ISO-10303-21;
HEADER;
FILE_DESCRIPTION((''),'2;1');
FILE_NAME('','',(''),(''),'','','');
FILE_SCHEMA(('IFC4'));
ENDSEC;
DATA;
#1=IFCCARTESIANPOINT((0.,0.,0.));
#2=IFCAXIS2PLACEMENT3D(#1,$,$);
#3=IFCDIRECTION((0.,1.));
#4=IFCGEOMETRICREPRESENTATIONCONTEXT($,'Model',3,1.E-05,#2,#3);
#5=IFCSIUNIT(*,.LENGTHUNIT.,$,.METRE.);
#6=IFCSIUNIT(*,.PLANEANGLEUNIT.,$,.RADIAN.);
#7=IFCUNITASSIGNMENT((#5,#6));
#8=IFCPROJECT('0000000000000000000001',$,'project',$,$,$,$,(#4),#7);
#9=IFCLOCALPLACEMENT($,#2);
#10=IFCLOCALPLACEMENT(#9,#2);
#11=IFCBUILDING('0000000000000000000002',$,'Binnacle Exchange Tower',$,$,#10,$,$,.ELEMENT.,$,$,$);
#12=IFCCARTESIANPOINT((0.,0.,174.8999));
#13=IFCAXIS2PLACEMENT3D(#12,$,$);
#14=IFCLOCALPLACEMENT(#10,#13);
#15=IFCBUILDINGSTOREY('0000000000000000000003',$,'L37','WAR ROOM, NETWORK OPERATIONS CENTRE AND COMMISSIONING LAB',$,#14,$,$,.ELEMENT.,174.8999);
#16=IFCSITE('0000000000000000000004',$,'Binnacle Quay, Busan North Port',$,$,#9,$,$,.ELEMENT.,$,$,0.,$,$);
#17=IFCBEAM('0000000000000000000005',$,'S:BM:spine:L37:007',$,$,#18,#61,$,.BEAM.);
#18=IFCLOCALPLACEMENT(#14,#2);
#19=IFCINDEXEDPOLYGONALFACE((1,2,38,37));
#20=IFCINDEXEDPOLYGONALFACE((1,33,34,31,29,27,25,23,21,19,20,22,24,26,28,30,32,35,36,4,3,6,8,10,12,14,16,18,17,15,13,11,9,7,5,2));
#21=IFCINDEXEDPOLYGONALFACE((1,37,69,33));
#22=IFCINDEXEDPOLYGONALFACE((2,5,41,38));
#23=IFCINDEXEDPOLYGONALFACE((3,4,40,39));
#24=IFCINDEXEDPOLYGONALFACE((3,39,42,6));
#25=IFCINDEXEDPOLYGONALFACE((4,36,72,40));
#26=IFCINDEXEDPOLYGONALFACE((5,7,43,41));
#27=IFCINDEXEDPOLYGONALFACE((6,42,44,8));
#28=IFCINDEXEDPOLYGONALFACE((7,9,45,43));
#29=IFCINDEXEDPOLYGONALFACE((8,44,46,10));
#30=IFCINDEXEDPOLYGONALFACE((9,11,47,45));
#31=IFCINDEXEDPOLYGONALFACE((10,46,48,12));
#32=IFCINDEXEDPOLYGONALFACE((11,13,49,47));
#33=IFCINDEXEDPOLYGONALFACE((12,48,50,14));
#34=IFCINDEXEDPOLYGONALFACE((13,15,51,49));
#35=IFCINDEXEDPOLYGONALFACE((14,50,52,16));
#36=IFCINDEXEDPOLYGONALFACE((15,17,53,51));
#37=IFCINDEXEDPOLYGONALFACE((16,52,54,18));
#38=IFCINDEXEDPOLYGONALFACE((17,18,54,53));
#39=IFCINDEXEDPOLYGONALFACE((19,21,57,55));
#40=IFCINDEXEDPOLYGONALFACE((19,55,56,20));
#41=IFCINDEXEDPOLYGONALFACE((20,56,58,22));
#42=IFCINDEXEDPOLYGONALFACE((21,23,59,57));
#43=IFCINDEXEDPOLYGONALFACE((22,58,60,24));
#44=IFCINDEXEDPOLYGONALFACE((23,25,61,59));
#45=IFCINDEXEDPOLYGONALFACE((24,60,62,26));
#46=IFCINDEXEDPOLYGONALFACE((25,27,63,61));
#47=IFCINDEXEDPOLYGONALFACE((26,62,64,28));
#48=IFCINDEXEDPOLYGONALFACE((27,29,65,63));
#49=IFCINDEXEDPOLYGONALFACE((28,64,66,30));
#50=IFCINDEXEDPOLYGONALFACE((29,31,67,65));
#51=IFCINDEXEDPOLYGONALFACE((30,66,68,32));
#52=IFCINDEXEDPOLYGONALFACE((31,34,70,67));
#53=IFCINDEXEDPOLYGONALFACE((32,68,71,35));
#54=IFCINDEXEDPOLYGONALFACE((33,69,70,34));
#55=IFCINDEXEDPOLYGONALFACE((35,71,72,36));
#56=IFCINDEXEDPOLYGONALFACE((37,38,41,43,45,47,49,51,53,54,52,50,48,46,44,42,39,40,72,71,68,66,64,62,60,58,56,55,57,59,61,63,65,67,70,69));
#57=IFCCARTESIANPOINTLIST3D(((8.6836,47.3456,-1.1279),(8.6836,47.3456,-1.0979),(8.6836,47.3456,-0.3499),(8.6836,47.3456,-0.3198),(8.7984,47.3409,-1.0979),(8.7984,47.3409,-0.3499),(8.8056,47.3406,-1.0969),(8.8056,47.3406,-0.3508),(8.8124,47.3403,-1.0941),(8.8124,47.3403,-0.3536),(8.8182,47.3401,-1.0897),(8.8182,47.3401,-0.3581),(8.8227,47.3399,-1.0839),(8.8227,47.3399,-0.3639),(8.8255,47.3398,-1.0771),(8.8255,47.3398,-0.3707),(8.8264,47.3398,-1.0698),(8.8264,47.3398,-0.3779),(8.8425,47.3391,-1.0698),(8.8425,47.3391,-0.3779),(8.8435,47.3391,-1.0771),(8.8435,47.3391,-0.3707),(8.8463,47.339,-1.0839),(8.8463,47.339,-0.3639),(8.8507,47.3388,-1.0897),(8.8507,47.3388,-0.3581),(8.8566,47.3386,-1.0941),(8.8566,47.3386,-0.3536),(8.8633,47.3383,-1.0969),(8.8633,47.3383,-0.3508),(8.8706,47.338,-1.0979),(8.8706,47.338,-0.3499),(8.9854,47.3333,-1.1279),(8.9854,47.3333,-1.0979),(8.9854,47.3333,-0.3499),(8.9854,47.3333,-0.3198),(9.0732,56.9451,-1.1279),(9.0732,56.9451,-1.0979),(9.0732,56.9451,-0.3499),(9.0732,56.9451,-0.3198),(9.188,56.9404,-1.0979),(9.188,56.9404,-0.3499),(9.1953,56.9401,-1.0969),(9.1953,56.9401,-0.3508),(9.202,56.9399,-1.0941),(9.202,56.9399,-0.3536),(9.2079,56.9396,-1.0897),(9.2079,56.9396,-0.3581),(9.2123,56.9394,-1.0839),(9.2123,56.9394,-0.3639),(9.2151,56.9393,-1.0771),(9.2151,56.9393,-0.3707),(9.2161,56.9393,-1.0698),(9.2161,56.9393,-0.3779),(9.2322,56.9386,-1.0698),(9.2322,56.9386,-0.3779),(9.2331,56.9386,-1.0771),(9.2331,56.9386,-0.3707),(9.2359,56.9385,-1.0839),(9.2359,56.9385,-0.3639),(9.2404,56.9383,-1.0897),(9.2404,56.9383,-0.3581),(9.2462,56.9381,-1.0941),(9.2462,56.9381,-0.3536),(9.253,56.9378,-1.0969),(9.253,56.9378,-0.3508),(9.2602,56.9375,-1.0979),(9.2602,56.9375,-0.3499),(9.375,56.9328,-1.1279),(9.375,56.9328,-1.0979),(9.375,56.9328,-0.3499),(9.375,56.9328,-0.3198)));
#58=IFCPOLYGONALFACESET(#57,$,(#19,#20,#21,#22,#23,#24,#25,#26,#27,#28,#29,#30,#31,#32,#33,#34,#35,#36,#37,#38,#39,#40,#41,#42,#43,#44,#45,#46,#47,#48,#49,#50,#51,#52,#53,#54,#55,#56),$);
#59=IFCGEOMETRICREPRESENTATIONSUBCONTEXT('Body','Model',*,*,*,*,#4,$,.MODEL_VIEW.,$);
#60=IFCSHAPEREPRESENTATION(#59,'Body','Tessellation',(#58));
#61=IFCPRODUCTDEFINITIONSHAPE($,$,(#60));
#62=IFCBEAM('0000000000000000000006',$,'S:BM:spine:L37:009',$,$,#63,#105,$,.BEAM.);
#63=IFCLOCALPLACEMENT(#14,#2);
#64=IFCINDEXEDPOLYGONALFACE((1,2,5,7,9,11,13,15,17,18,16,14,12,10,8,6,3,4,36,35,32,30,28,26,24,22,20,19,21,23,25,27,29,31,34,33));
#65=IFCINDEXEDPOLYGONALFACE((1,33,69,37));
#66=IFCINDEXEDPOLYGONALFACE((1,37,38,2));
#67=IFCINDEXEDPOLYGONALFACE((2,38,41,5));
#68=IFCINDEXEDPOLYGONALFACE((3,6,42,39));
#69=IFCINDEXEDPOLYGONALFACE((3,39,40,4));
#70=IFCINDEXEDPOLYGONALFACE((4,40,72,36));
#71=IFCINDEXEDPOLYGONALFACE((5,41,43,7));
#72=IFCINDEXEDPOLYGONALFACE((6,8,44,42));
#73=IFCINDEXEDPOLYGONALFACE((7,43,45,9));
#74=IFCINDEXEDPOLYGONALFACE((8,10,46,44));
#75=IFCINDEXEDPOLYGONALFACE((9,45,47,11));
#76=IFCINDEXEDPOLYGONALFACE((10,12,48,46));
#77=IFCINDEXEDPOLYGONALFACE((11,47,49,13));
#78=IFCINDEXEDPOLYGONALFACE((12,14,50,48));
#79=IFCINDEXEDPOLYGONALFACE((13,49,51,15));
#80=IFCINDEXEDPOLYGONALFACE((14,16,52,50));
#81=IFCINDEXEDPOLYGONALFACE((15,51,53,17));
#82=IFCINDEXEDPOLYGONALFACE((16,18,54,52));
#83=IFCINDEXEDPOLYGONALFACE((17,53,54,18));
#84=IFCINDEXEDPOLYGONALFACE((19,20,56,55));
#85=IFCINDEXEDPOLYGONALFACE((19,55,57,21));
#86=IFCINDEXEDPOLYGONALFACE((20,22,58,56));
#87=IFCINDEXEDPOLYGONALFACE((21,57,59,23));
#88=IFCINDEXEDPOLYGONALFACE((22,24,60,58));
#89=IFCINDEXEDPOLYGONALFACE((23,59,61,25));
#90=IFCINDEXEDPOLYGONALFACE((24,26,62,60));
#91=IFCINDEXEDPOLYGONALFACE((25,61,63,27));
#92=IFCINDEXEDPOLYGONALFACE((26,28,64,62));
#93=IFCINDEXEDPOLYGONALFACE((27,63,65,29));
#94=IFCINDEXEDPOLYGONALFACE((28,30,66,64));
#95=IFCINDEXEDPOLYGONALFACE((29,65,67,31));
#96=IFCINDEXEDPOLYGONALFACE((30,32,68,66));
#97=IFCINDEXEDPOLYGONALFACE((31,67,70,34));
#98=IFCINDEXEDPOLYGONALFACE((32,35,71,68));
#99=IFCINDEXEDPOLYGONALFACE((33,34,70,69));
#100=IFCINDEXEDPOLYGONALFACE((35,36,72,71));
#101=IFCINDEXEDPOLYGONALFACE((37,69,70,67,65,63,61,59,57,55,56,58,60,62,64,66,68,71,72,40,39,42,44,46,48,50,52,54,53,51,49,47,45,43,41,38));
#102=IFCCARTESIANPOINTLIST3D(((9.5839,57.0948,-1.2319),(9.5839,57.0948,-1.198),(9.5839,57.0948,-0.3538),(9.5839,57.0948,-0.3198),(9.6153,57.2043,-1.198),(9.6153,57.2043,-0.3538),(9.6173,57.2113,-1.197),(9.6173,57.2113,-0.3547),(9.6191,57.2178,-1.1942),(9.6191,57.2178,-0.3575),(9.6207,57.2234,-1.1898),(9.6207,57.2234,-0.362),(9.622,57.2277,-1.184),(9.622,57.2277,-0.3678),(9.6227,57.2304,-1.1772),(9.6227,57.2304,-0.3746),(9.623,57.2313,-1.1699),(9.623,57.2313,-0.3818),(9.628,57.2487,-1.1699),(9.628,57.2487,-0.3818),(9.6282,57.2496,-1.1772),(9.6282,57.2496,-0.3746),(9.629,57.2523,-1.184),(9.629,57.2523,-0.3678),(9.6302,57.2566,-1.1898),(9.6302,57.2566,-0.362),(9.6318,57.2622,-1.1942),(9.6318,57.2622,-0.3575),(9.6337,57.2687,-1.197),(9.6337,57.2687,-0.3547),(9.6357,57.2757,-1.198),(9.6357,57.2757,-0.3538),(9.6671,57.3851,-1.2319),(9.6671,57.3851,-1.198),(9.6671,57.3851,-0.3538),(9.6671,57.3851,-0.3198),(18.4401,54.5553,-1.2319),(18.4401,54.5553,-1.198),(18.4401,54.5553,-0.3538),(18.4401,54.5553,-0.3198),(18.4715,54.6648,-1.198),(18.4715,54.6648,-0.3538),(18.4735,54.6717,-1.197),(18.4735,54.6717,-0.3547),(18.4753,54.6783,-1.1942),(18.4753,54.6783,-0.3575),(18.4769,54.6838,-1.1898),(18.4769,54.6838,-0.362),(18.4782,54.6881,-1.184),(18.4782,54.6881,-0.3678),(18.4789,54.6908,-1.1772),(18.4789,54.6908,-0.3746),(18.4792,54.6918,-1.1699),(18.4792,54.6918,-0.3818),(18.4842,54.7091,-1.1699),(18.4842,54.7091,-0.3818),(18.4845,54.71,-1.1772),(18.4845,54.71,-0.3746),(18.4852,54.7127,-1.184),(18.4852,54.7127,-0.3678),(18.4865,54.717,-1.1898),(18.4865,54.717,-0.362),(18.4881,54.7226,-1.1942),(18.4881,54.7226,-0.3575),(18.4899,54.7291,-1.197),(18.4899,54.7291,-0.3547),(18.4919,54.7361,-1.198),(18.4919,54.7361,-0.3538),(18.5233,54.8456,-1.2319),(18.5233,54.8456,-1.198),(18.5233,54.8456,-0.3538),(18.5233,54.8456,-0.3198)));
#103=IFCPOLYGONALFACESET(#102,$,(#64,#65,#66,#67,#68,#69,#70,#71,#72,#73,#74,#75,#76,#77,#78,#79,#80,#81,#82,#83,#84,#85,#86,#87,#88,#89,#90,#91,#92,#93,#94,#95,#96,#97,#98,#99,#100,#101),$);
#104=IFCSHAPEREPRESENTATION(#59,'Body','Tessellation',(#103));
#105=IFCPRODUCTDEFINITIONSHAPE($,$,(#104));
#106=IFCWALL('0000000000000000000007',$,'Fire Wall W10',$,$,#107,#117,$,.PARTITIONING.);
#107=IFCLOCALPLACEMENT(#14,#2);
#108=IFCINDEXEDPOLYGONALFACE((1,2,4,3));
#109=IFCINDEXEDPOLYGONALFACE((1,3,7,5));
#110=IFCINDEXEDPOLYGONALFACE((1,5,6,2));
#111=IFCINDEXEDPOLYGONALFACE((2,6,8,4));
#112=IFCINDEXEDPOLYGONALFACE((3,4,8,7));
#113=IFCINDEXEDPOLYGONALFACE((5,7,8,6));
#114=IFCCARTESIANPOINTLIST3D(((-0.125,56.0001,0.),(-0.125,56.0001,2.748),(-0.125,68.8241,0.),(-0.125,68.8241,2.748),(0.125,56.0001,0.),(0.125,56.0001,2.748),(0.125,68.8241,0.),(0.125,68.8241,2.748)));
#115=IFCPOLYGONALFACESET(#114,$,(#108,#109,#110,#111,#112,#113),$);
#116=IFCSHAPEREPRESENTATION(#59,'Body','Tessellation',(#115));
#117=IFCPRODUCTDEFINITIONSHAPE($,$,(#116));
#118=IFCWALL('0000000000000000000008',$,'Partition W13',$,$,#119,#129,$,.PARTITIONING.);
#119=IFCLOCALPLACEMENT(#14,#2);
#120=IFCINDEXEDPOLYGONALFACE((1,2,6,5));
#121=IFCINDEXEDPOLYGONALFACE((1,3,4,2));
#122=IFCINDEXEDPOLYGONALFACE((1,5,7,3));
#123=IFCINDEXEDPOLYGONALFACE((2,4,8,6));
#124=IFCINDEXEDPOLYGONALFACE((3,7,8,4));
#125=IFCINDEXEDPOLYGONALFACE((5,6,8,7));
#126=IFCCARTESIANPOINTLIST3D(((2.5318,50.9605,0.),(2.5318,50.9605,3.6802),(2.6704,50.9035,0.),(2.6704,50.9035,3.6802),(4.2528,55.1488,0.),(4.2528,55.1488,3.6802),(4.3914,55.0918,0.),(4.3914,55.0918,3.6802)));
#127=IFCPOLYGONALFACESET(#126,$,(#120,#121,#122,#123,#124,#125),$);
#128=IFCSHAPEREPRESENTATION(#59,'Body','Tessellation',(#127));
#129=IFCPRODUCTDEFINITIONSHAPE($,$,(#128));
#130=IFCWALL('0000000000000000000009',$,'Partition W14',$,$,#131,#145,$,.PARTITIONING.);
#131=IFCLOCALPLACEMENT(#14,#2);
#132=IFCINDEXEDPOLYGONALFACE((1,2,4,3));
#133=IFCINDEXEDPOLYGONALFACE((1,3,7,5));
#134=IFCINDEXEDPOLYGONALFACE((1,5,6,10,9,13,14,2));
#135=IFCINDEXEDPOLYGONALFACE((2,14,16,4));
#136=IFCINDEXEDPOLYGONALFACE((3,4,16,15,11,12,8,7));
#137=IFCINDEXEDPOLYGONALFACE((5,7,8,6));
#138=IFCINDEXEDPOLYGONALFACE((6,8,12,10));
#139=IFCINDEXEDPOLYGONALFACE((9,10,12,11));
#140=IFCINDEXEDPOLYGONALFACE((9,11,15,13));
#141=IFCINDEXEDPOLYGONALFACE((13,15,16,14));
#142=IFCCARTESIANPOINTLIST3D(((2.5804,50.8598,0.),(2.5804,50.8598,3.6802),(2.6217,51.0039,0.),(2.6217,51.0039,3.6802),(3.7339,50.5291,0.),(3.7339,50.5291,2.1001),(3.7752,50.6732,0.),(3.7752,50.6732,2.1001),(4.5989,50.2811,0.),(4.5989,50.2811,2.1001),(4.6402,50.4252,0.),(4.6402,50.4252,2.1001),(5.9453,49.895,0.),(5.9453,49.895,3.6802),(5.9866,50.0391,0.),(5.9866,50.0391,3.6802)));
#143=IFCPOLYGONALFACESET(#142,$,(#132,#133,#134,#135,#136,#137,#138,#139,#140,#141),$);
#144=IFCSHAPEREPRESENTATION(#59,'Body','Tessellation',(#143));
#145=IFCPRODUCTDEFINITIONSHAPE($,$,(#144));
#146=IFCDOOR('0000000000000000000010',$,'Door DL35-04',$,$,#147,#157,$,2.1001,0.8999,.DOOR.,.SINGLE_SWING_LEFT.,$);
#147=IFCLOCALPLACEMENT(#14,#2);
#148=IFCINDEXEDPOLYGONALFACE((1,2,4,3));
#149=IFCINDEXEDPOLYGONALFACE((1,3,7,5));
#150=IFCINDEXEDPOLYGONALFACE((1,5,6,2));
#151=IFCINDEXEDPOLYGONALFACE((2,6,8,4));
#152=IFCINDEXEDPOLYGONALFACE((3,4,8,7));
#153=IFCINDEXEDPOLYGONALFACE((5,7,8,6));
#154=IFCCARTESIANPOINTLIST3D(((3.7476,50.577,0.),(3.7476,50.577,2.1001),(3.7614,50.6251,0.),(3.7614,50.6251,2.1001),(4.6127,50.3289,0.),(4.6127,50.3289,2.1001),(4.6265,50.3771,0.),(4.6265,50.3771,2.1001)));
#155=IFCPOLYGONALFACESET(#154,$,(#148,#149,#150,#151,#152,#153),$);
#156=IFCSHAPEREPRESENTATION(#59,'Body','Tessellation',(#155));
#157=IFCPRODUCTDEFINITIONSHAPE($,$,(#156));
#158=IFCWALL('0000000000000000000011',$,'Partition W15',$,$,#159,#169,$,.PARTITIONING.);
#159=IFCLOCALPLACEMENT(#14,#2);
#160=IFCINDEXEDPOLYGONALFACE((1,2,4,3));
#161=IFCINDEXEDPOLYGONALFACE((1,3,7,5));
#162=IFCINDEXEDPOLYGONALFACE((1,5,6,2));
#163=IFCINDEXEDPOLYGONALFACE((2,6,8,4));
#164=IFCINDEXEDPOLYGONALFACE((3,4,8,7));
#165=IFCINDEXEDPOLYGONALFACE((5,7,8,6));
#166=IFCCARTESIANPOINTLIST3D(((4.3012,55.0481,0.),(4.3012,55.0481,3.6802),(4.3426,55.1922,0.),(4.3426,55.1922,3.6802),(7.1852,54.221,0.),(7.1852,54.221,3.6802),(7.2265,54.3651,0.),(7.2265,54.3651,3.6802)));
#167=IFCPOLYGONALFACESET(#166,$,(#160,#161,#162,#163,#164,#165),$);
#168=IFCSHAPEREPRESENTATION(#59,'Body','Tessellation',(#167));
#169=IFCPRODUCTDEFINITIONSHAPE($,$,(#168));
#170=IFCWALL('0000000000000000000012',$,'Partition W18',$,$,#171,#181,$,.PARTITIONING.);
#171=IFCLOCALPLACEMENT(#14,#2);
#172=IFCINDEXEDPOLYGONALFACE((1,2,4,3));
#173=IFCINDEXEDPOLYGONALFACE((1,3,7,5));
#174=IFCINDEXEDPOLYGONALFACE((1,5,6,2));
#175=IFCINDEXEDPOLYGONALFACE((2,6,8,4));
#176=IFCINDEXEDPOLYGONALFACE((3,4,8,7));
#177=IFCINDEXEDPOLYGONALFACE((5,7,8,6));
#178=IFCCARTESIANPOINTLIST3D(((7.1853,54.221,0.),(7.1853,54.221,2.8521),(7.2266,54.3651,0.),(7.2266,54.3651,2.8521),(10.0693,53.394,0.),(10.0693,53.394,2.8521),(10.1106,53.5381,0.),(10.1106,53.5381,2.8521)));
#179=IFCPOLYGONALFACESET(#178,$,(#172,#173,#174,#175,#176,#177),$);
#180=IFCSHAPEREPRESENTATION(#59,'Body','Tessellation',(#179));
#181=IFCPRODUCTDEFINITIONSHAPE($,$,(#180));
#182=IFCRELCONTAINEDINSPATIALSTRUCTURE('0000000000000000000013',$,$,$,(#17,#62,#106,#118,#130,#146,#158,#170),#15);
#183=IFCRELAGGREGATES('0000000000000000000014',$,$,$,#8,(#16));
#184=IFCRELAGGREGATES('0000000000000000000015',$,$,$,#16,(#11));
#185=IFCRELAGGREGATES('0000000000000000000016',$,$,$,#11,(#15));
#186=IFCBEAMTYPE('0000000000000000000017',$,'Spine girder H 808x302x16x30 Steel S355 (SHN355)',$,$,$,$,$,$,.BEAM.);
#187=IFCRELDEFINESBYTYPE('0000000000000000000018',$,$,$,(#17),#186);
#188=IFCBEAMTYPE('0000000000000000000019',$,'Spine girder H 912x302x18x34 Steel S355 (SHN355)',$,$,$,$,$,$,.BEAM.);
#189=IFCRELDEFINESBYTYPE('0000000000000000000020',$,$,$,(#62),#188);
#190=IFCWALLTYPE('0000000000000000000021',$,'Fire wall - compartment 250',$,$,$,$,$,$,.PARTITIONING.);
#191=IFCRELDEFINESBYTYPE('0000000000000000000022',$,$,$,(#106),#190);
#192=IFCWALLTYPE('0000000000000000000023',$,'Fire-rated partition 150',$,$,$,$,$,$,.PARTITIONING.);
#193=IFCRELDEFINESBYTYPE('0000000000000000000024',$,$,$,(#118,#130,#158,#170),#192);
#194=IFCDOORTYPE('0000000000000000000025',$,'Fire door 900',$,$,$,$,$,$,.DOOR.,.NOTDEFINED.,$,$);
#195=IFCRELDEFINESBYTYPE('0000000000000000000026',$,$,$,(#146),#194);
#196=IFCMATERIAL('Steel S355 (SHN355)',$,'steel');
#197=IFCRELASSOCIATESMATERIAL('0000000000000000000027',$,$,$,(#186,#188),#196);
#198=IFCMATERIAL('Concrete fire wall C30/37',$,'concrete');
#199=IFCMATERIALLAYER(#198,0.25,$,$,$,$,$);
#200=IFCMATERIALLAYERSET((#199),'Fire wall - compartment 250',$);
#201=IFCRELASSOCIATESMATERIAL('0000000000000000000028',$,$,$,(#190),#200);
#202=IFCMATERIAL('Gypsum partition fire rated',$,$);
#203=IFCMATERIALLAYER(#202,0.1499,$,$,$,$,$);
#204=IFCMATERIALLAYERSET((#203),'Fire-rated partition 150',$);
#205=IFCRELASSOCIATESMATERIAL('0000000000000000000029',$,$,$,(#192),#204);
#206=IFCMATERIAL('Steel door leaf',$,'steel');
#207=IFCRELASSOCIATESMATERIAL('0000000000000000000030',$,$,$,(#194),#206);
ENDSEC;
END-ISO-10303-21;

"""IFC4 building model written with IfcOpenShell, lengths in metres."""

from ifc_helpers import new_model, si_unit, direction, frame, frame_2d, origin, origin_2d, place, context, subcontext, project, spatial, rectangle, i_section, extrude, material, layer, layer_set, material_profile, profile_set, type_object, element, fill, save


model = new_model("IFC4")

# Units and contexts
model_context = context("Model", 3, precision=1e-05, world=origin(), true_north=direction((0.0, 1.0)))
body_context = subcontext(model_context, "Body", "Model", "MODEL_VIEW")
ifc_project = project(units=[si_unit("LENGTHUNIT", "METRE"), si_unit("PLANEANGLEUNIT", "RADIAN")], contexts=[model_context])

# Site, building, storey
site_placement = place(None, origin())
site = spatial("IfcSite", under=ifc_project, at=site_placement, Name="Binnacle Quay, Busan North Port", CompositionType="ELEMENT", RefElevation=0.0)
building_placement = place(site_placement, origin())
building = spatial("IfcBuilding", under=site, at=building_placement, Name="Binnacle Exchange Tower", CompositionType="ELEMENT")
storey_placement = place(building_placement, frame((0.0, 0.0, 174.8999)))
storey = spatial("IfcBuildingStorey", under=building, at=storey_placement, Name="L37", Description="WAR ROOM, NETWORK OPERATIONS CENTRE AND COMMISSIONING LAB", CompositionType="ELEMENT", Elevation=174.8999)

# Beams
ifc_material_1 = material(Name="Steel S355 (SHN355)", Category="steel")
ifc_material_profile_1 = material_profile(ifc_material_1, i_section(OverallWidth=0.302, OverallDepth=0.8081, WebThickness=0.0161, FlangeThickness=0.03, FilletRadius=0.0281, at=origin_2d()), Name="H 808x302x16x30")
ifc_profile_set_1 = profile_set([ifc_material_profile_1], Name="Steel S355 (SHN355)")
beam_type_1 = type_object("IfcBeamType", Name="Spine girder H 808x302x16x30 Steel S355 (SHN355)", PredefinedType="BEAM", material=ifc_profile_set_1)
beam_1_placement = place(storey_placement, frame((9.2241, 56.939, -0.7239), z_axis=(-0.040557, -0.999177, 0.0), x_axis=(0.999177, -0.040557, 0.0)))
element("IfcBeam", 1, at=beam_1_placement, inside=storey, type_object=beam_type_1, Name="S:BM:spine:L37:007", PredefinedType="BEAM", context=body_context, shape_type="SweptSolid", body=[
    extrude(i_section(OverallWidth=0.302, OverallDepth=0.8081, WebThickness=0.0161, FlangeThickness=0.03, FilletRadius=0.0281, at=origin_2d()), origin(), (0.0, 0.0, 1.0), 9.6074),
])
ifc_material_profile_2 = material_profile(ifc_material_1, i_section(OverallWidth=0.302, OverallDepth=0.9121, WebThickness=0.0181, FlangeThickness=0.0339, FilletRadius=0.0281, at=origin_2d()), Name="H 912x302x18x34")
ifc_profile_set_2 = profile_set([ifc_material_profile_2], Name="Steel S355 (SHN355)")
beam_type_2 = type_object("IfcBeamType", Name="Spine girder H 912x302x18x34 Steel S355 (SHN355)", PredefinedType="BEAM", material=ifc_profile_set_2)
beam_2_placement = place(storey_placement, frame((9.6255, 57.24, -0.7759), z_axis=(0.96126, -0.275645, 0.0), x_axis=(0.275645, 0.96126, 0.0)))
element("IfcBeam", 2, at=beam_2_placement, inside=storey, type_object=beam_type_2, Name="S:BM:spine:L37:009", PredefinedType="BEAM", context=body_context, shape_type="SweptSolid", body=[
    extrude(i_section(OverallWidth=0.302, OverallDepth=0.9121, WebThickness=0.0181, FlangeThickness=0.0339, FilletRadius=0.0281, at=origin_2d()), origin(), (0.0, 0.0, 1.0), 9.2131),
])

# Walls
ifc_material_2 = material(Name="Concrete fire wall C30/37", Category="concrete")
ifc_layer_1 = layer(ifc_material_2, 0.25)
ifc_layer_set_1 = layer_set([ifc_layer_1], Name="Fire wall - compartment 250")
wall_type_1 = type_object("IfcWallType", Name="Fire wall - compartment 250", PredefinedType="PARTITIONING", material=ifc_layer_set_1)
wall_1_placement = place(storey_placement, frame((0.0, 56.0, 0.0), z_axis=(0.0, 0.0, 1.0), x_axis=(0.0, 1.0, 0.0)))
element("IfcWall", 3, at=wall_1_placement, inside=storey, type_object=wall_type_1, Name="Fire Wall W10", PredefinedType="PARTITIONING", context=body_context, shape_type="SweptSolid", body=[
    extrude(rectangle(XDim=12.824, YDim=0.25, at=frame_2d((6.4121, 0.0))), origin(), (0.0, 0.0, 1.0), 2.748),
])
ifc_material_3 = material(Name="Gypsum partition fire rated")
ifc_layer_2 = layer(ifc_material_3, 0.1499)
ifc_layer_set_2 = layer_set([ifc_layer_2], Name="Fire-rated partition 150")
wall_type_2 = type_object("IfcWallType", Name="Fire-rated partition 150", PredefinedType="PARTITIONING", material=ifc_layer_set_2)
wall_2_placement = place(storey_placement, frame((2.6011, 50.9319, 0.0), z_axis=(0.0, 0.0, 1.0), x_axis=(0.380066, 0.924959, 0.0)))
element("IfcWall", 4, at=wall_2_placement, inside=storey, type_object=wall_type_2, Name="Partition W13", PredefinedType="PARTITIONING", context=body_context, shape_type="SweptSolid", body=[
    extrude(rectangle(XDim=4.5281, YDim=0.1499, at=frame_2d((2.2642, 0.0))), origin(), (0.0, 0.0, 1.0), 3.6802),
])

# Wall, opening, door
wall_3_placement = place(storey_placement, frame((2.6011, 50.9319, 0.0), z_axis=(0.0, 0.0, 1.0), x_axis=(0.961266, -0.275624, 0.0)))
wall_3 = element("IfcWall", 5, at=wall_3_placement, inside=storey, type_object=wall_type_2, Name="Partition W14", PredefinedType="PARTITIONING", context=body_context, shape_type="SweptSolid", body=[
    extrude(rectangle(XDim=3.5005, YDim=0.1499, at=frame_2d((1.7502, 0.0))), origin(), (0.0, 0.0, 1.0), 3.6802),
])
opening_1_placement = place(wall_3_placement, frame((1.2, 0.0, 0.0)))
opening_1 = element("IfcOpeningElement", 6, at=opening_1_placement, cuts=wall_3, PredefinedType="OPENING", context=body_context, shape_type="SweptSolid", body=[
    extrude(rectangle(XDim=0.8999, YDim=2.1001, at=frame_2d((0.45, 1.05))), frame((0.0, 0.085, 0.0), z_axis=(0.0, -1.0, 0.0), x_axis=(1.0, 0.0, 0.0)), (0.0, 0.0, 1.0), 0.1699),
])
ifc_material_4 = material(Name="Steel door leaf", Category="steel")
door_type_1 = type_object("IfcDoorType", Name="Fire door 900", OperationType="NOTDEFINED", PredefinedType="DOOR", material=ifc_material_4)
door_1_placement = place(opening_1_placement, origin())
door_1 = element("IfcDoor", 7, at=door_1_placement, inside=storey, type_object=door_type_1, Name="Door DL35-04", OperationType="SINGLE_SWING_LEFT", OverallHeight=2.1001, OverallWidth=0.8999, PredefinedType="DOOR", context=body_context, shape_type="SweptSolid", body=[
    extrude(rectangle(XDim=0.8999, YDim=2.1001, at=frame_2d((0.45, 1.05))), frame((0.0, 0.0249, 0.0), z_axis=(0.0, -1.0, 0.0), x_axis=(1.0, 0.0, 0.0)), (0.0, 0.0, 1.0), 0.05),
])
fill(opening_1, door_1)

# Walls
wall_4_placement = place(storey_placement, frame((4.322, 55.1201, 0.0), z_axis=(0.0, 0.0, 1.0), x_axis=(0.961247, -0.275688, 0.0)))
element("IfcWall", 8, at=wall_4_placement, inside=storey, type_object=wall_type_2, Name="Partition W15", PredefinedType="PARTITIONING", context=body_context, shape_type="SweptSolid", body=[
    extrude(rectangle(XDim=3.0002, YDim=0.1499, at=frame_2d((1.5, 0.0))), origin(), (0.0, 0.0, 1.0), 3.6802),
])
wall_5_placement = place(storey_placement, frame((7.2061, 54.293, 0.0), z_axis=(0.0, 0.0, 1.0), x_axis=(0.961269, -0.275613, 0.0)))
element("IfcWall", 9, at=wall_5_placement, inside=storey, type_object=wall_type_2, Name="Partition W18", PredefinedType="PARTITIONING", context=body_context, shape_type="SweptSolid", body=[
    extrude(rectangle(XDim=3.0002, YDim=0.1499, at=frame_2d((1.5, 0.0))), origin(), (0.0, 0.0, 1.0), 2.8521),
])

save(model, "model.ifc")
